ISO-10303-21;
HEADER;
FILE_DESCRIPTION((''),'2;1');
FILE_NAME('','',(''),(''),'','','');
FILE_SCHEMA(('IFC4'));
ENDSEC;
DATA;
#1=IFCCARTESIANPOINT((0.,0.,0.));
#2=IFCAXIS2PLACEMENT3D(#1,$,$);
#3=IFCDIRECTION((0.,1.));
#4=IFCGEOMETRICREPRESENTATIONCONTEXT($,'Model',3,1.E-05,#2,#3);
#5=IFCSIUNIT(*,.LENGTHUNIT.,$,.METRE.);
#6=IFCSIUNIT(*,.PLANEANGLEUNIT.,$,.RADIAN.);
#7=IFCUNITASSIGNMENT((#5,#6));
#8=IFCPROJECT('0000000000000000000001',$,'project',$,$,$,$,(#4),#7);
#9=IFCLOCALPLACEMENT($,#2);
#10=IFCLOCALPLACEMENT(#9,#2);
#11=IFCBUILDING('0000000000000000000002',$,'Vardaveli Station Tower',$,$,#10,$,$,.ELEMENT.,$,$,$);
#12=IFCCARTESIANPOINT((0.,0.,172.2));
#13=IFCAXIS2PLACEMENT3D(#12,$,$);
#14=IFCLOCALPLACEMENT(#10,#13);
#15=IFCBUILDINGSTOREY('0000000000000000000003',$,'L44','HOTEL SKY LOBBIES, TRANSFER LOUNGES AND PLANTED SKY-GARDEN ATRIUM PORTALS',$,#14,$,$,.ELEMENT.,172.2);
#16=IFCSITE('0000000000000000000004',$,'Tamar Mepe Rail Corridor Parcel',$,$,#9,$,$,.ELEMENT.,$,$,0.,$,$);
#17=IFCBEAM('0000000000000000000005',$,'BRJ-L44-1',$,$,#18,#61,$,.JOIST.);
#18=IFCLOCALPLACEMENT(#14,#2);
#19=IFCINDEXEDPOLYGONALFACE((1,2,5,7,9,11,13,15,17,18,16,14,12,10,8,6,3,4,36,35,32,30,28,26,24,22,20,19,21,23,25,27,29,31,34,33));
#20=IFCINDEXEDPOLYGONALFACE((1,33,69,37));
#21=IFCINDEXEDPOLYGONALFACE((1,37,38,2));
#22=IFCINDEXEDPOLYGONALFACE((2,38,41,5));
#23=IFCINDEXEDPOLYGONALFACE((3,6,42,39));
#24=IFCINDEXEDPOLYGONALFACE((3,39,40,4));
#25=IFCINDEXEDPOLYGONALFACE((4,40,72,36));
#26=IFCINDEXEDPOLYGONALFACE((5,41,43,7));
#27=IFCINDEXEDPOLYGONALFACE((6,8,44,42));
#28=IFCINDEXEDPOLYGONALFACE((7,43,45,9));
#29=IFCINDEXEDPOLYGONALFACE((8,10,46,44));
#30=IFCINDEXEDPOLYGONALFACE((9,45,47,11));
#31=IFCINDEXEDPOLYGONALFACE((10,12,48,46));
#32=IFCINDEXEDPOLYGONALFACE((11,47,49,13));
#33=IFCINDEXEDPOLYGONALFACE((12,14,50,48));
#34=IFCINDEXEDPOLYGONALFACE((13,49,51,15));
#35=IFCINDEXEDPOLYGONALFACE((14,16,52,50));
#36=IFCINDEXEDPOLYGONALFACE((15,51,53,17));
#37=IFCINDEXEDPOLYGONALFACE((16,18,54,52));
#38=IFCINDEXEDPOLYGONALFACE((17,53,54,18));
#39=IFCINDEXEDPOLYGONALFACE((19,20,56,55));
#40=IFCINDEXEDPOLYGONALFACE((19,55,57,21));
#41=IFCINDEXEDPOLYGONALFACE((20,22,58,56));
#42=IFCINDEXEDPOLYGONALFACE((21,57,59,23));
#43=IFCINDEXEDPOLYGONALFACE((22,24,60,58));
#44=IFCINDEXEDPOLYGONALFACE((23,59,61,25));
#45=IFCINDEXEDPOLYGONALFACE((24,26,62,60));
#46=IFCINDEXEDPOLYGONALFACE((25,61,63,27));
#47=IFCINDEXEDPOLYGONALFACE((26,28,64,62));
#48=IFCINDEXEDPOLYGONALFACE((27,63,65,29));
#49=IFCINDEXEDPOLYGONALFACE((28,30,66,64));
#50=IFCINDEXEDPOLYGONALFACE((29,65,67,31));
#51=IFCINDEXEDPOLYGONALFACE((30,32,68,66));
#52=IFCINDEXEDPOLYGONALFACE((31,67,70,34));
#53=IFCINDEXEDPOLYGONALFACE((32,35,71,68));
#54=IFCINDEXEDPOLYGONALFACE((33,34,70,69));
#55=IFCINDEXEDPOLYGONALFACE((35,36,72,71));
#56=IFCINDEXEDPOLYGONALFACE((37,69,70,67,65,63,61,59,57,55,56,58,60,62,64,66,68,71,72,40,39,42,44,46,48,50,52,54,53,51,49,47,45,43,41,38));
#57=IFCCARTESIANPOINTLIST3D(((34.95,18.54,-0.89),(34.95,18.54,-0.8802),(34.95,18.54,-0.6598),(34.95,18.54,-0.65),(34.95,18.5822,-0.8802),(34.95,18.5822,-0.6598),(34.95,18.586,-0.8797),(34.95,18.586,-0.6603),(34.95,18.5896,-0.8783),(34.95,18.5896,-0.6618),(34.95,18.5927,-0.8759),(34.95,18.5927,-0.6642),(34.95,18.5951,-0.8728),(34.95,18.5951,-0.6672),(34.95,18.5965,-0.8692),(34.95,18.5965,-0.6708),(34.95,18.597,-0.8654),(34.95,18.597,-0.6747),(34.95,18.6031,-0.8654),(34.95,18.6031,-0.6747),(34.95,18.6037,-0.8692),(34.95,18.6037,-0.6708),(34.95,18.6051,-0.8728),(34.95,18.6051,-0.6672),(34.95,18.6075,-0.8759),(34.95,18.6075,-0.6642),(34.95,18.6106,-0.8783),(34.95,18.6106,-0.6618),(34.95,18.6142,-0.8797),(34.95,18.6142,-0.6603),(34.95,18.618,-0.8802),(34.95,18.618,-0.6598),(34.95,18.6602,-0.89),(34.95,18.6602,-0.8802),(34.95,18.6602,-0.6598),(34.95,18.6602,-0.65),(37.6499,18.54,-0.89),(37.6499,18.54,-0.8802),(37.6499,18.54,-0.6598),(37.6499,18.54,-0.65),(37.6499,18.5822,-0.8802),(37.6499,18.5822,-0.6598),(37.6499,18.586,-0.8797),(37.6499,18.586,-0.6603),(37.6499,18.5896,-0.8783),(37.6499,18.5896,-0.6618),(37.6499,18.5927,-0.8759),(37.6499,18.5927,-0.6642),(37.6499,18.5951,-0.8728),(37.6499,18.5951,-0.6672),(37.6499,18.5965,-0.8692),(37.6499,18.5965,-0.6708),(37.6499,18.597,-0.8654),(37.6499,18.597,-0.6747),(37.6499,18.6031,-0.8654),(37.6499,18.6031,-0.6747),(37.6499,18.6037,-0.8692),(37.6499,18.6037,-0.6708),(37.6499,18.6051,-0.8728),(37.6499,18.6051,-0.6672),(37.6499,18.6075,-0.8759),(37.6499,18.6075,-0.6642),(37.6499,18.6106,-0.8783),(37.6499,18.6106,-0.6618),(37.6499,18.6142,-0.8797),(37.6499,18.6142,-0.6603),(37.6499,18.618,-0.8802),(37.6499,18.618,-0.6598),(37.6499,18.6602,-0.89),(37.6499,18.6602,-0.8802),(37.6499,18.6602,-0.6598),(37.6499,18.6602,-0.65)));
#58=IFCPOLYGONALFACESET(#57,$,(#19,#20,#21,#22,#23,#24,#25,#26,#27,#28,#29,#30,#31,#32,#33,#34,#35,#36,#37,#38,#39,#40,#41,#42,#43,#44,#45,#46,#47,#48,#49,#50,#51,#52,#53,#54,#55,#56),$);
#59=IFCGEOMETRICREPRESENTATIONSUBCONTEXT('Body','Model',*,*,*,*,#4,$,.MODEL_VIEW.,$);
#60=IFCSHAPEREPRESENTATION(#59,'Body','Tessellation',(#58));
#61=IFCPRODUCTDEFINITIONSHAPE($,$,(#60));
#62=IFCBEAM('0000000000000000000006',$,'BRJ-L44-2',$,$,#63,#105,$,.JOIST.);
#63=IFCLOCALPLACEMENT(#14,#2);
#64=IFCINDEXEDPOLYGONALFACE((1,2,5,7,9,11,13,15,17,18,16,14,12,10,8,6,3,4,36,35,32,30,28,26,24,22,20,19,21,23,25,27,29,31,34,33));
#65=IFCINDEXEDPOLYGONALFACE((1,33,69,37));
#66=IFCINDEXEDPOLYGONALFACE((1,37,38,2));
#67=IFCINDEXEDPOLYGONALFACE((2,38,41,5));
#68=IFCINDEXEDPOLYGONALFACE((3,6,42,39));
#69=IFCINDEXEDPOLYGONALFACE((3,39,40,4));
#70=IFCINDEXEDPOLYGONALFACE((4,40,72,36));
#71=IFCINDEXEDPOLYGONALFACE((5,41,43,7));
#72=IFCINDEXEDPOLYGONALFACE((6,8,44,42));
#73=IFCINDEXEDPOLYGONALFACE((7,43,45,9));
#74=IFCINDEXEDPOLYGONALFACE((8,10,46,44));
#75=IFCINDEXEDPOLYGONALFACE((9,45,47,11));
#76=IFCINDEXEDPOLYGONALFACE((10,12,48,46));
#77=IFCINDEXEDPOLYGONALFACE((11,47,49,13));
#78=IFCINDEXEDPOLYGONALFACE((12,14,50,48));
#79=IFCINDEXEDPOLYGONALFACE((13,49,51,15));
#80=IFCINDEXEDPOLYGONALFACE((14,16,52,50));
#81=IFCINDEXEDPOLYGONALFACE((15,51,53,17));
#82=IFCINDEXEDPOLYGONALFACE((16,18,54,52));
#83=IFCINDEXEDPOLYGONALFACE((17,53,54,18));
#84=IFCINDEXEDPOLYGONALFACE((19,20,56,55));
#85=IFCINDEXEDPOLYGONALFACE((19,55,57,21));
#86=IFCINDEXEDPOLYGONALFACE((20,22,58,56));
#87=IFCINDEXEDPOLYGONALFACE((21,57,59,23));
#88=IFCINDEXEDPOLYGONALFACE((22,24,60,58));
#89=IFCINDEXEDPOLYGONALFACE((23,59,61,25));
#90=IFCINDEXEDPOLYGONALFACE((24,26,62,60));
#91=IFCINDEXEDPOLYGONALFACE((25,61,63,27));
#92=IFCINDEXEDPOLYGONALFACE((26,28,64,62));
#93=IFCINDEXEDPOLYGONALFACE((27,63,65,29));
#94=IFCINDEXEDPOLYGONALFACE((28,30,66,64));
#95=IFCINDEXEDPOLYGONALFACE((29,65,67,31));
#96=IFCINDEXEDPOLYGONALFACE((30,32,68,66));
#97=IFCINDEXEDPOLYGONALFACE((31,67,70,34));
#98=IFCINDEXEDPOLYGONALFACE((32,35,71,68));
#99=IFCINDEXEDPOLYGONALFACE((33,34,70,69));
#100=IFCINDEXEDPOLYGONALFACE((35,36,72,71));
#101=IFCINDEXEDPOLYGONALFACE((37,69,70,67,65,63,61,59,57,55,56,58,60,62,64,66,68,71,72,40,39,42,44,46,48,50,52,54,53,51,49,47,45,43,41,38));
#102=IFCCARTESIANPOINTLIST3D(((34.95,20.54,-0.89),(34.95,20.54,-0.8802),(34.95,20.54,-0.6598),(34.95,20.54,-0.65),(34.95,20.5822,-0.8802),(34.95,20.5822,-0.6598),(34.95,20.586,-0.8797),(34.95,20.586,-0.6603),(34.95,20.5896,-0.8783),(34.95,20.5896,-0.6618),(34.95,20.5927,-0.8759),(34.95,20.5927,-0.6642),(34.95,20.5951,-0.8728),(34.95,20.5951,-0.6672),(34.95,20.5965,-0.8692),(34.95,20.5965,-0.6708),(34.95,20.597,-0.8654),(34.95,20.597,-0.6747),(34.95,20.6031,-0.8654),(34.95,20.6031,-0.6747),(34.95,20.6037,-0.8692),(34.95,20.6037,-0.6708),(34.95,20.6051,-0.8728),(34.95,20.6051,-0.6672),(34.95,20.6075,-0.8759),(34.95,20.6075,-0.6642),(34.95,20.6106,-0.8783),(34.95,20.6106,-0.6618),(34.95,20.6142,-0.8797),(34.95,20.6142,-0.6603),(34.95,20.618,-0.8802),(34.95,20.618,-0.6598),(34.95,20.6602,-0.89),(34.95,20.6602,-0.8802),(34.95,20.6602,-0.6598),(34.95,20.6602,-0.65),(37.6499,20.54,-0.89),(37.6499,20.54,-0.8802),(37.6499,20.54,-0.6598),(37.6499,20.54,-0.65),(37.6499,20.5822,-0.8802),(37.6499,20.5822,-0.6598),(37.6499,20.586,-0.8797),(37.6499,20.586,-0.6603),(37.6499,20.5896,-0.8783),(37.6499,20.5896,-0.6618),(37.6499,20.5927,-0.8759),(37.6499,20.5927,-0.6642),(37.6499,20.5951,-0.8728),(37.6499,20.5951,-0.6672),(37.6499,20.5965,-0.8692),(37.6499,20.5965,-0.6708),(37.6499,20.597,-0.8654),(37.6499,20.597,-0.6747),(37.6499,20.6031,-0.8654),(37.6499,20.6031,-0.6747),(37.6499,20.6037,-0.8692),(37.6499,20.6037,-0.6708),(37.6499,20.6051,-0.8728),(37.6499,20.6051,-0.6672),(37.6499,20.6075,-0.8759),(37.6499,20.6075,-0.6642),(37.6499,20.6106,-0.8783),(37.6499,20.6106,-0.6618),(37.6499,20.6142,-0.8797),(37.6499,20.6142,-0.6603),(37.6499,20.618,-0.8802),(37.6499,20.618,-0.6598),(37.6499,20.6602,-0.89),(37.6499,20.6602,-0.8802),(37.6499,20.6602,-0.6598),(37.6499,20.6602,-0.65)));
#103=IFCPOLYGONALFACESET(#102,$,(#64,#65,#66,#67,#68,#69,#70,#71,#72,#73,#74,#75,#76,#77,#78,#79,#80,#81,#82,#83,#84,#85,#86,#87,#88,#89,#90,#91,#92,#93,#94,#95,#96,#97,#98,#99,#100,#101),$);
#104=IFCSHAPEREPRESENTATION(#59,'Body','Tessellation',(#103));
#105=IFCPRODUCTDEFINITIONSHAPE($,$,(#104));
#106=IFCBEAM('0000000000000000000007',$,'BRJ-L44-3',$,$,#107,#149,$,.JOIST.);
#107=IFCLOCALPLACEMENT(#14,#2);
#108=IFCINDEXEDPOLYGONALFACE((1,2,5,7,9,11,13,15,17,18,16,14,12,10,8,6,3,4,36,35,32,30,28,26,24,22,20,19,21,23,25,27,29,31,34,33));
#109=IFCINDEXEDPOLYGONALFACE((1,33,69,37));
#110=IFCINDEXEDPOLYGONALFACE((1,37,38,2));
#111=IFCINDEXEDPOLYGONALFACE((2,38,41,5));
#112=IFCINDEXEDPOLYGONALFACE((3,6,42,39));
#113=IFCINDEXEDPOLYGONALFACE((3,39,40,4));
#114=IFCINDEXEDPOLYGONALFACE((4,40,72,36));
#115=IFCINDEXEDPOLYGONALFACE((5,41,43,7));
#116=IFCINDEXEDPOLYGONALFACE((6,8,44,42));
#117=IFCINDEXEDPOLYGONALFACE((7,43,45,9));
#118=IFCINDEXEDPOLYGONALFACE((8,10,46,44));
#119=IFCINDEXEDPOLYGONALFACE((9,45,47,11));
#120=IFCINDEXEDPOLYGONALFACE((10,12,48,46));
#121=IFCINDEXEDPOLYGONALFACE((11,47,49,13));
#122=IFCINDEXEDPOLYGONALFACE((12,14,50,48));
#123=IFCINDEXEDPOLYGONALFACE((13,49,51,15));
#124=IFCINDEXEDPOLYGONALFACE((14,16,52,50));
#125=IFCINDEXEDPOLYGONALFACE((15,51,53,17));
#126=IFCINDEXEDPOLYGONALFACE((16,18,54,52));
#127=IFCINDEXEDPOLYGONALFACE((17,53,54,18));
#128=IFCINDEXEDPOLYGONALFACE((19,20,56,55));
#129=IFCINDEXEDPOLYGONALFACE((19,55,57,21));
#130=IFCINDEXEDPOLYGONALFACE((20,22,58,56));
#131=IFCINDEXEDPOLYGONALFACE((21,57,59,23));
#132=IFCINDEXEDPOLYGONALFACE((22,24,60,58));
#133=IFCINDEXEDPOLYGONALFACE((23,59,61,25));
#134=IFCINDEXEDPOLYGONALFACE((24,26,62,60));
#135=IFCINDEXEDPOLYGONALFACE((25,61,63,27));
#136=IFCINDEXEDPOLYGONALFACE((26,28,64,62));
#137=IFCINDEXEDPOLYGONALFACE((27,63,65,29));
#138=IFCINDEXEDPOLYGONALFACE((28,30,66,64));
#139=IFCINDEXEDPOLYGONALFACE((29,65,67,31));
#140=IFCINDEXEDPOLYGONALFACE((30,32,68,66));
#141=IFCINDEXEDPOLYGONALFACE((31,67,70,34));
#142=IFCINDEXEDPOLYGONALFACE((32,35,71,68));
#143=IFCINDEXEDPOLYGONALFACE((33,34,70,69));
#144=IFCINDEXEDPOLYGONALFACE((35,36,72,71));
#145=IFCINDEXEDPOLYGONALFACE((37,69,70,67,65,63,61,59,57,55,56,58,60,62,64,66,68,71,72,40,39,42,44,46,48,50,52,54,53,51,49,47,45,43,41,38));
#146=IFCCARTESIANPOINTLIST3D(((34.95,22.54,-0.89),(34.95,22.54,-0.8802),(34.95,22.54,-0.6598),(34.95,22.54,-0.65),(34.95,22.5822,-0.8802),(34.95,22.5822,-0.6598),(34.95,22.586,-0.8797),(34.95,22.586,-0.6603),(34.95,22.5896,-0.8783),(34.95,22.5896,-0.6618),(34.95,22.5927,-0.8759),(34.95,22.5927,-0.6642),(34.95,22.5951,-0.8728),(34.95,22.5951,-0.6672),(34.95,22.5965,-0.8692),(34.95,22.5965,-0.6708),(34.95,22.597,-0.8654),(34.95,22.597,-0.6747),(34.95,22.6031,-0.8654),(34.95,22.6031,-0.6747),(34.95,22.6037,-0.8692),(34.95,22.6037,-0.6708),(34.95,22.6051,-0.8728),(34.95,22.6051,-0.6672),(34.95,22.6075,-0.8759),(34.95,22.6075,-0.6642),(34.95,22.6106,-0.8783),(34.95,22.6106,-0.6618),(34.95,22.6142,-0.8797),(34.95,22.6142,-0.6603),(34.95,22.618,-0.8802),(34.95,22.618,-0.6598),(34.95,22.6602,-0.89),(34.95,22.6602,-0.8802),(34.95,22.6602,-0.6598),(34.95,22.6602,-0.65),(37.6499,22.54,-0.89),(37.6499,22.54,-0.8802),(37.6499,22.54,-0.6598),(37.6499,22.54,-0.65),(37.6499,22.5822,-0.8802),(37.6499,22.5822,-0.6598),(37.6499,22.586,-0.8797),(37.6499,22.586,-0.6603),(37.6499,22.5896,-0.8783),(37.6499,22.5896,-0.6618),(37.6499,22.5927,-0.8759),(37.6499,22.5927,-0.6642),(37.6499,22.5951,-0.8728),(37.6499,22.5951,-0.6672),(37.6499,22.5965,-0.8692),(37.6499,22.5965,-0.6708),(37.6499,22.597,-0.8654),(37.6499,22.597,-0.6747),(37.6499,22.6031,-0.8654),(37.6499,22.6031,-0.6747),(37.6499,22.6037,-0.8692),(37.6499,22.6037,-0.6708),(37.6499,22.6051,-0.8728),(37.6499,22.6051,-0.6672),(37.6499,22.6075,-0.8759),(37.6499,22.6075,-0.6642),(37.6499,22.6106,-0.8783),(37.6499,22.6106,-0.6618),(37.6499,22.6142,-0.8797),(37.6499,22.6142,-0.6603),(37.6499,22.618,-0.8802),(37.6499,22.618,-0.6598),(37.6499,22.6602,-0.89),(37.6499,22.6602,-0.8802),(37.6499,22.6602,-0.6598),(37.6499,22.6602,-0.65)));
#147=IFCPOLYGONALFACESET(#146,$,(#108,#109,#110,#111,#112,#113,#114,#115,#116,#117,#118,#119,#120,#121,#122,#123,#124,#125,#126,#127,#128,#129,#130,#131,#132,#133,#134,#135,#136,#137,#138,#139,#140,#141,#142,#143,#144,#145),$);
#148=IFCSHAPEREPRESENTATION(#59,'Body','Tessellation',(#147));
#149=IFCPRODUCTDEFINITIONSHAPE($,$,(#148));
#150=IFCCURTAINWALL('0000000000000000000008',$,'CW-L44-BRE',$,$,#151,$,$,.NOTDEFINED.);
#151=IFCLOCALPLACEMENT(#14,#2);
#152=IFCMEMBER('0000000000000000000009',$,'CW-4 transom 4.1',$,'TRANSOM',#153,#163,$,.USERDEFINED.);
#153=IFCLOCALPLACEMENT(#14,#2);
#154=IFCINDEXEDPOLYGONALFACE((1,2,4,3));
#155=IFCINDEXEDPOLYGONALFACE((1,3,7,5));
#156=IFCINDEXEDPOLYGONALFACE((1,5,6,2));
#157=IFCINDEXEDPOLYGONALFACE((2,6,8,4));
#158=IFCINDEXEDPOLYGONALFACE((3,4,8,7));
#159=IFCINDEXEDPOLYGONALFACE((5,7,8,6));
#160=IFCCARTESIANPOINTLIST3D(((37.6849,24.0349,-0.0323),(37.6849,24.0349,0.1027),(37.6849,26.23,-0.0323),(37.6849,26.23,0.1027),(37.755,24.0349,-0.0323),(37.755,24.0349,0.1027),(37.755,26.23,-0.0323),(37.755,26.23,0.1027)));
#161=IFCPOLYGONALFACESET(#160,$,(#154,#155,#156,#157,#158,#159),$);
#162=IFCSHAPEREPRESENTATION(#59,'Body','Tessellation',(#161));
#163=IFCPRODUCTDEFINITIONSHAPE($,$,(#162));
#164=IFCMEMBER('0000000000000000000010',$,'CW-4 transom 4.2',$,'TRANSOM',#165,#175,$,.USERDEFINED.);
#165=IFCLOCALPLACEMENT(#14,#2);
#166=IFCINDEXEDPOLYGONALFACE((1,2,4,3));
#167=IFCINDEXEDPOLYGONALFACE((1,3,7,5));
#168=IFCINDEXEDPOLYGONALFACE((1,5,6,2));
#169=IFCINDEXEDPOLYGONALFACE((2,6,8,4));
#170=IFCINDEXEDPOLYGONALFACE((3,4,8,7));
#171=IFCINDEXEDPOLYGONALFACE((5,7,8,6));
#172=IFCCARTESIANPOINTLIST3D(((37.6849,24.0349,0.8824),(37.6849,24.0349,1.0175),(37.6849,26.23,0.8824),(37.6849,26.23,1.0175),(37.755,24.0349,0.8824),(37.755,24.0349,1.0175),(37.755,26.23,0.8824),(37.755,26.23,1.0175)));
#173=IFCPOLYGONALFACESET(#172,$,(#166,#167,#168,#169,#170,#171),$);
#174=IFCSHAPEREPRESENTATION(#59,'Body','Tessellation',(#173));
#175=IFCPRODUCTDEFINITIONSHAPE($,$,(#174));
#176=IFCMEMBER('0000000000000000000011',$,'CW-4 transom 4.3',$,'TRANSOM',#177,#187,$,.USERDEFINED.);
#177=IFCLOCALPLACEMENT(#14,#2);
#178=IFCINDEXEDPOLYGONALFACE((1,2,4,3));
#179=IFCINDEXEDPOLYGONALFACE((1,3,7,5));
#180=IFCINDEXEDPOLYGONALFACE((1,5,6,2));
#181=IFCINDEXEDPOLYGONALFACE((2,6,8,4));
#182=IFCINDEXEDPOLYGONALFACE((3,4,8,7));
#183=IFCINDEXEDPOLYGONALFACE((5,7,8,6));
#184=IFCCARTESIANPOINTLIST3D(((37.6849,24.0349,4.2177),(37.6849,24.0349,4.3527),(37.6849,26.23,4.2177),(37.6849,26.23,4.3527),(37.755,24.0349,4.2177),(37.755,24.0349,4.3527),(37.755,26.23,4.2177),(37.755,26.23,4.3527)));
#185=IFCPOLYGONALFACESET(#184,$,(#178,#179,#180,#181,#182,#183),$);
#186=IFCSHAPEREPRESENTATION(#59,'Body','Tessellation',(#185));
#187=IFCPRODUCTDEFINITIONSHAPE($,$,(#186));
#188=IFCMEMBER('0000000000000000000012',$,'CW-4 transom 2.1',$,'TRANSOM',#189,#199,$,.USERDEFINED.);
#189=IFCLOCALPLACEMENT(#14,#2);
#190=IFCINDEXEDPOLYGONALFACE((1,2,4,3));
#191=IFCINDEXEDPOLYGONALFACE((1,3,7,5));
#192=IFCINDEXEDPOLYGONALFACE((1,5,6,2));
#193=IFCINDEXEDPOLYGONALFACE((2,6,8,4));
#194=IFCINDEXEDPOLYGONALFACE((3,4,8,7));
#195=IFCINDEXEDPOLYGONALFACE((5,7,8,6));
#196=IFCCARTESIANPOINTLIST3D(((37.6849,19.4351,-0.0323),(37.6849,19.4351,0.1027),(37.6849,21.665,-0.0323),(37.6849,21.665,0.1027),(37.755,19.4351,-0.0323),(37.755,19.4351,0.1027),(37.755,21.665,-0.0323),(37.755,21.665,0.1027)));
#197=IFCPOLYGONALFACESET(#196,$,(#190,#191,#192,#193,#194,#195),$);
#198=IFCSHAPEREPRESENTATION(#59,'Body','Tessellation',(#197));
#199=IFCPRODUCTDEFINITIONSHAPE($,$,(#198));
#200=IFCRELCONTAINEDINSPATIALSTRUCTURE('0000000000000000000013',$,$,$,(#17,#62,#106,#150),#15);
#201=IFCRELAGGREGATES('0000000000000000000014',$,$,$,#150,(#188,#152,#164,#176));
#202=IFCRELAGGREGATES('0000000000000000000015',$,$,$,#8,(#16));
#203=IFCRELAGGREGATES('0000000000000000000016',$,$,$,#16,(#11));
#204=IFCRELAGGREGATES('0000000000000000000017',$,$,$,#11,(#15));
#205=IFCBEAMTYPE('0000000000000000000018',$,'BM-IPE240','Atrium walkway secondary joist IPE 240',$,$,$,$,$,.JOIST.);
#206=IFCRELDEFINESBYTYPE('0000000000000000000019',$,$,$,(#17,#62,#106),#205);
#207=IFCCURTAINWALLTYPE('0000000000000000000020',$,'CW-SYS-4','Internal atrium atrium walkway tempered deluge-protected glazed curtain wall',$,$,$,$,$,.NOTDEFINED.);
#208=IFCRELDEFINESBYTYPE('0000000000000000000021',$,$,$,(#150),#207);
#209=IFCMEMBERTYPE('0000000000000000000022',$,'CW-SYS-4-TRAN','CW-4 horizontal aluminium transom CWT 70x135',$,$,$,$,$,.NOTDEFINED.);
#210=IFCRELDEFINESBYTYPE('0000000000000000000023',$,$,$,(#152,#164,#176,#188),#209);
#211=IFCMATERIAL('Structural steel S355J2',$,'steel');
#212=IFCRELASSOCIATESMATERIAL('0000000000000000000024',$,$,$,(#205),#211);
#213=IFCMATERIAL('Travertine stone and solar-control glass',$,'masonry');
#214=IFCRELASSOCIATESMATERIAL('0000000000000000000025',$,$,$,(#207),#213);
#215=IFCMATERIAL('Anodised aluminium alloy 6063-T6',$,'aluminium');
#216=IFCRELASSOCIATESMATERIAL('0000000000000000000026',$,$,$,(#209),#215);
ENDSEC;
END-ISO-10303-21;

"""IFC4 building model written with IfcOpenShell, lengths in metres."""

from ifc_helpers import new_model, si_unit, direction, frame, origin, origin_2d, place, context, subcontext, project, spatial, rectangle, i_section, extrude, source, transform, mapped, material, material_profile, profile_set, type_object, element, aggregate, save


model = new_model("IFC4")

# Units and contexts
model_context = context("Model", 3, precision=1e-05, world=origin(), true_north=direction((0.0, 1.0)))
body_context = subcontext(model_context, "Body", "Model", "MODEL_VIEW")
ifc_project = project(units=[si_unit("LENGTHUNIT", "METRE"), si_unit("PLANEANGLEUNIT", "RADIAN")], contexts=[model_context])

# Site, building, storey
site_placement = place(None, origin())
site = spatial("IfcSite", under=ifc_project, at=site_placement, Name="Tamar Mepe Rail Corridor Parcel", CompositionType="ELEMENT", RefElevation=0.0)
building_placement = place(site_placement, origin())
building = spatial("IfcBuilding", under=site, at=building_placement, Name="Vardaveli Station Tower", CompositionType="ELEMENT")
storey_placement = place(building_placement, frame((0.0, 0.0, 172.2)))
storey = spatial("IfcBuildingStorey", under=building, at=storey_placement, Name="L44", Description="HOTEL SKY LOBBIES, TRANSFER LOUNGES AND PLANTED SKY-GARDEN ATRIUM PORTALS", CompositionType="ELEMENT", Elevation=172.2)

# Beams
ifc_material_1 = material(Name="Structural steel S355J2", Category="steel")
ifc_material_profile_1 = material_profile(ifc_material_1, i_section(OverallWidth=0.1201, OverallDepth=0.24, WebThickness=0.0061, FlangeThickness=0.0098, FilletRadius=0.0149, at=origin_2d()), Name="IPE 240")
ifc_profile_set_1 = profile_set([ifc_material_profile_1], Name="Structural steel S355J2")
beam_type = type_object("IfcBeamType", Name="BM-IPE240", Description="Atrium walkway secondary joist IPE 240", PredefinedType="JOIST", material=ifc_profile_set_1)
shared_shape_1 = source(origin(), body_context, "Body", "SweptSolid", [
    extrude(i_section(OverallWidth=0.1201, OverallDepth=0.24, WebThickness=0.0061, FlangeThickness=0.0098, FilletRadius=0.0149, at=origin_2d()), origin(), (0.0, 0.0, 1.0), 2.7),
])
for number, where, z_axis, x_axis, name in (
    (1, (34.95, 18.6001, -0.77), (1.0, 0.0, 0.0), (0.0, 1.0, 0.0), "BRJ-L44-1"),
    (2, (34.95, 20.6001, -0.77), (1.0, 0.0, 0.0), (0.0, 1.0, 0.0), "BRJ-L44-2"),
    (3, (34.95, 22.6001, -0.77), (1.0, 0.0, 0.0), (0.0, 1.0, 0.0), "BRJ-L44-3"),
):
    element("IfcBeam", number, at=place(storey_placement, frame(where, z_axis=z_axis, x_axis=x_axis)), inside=storey, type_object=beam_type, Name=name, PredefinedType="JOIST", context=body_context, shape_type="MappedRepresentation", body=[
        mapped(shared_shape_1, transform((0.0, 0.0, 0.0), scale=1.0)),
    ])

# Curtain wall, members
ifc_material_2 = material(Name="Travertine stone and solar-control glass", Category="masonry")
curtain_wall_type = type_object("IfcCurtainWallType", Name="CW-SYS-4", Description="Internal atrium atrium walkway tempered deluge-protected glazed curtain wall", PredefinedType="NOTDEFINED", material=ifc_material_2)
curtain_wall_placement = place(storey_placement, origin())
curtain_wall = element("IfcCurtainWall", 4, at=curtain_wall_placement, inside=storey, type_object=curtain_wall_type, Name="CW-L44-BRE", PredefinedType="NOTDEFINED")
ifc_material_3 = material(Name="Anodised aluminium alloy 6063-T6", Category="aluminium")
ifc_material_profile_2 = material_profile(ifc_material_3, rectangle(XDim=0.0701, YDim=0.135, at=origin_2d()), Name="CWT 70x135")
ifc_profile_set_2 = profile_set([ifc_material_profile_2], Name="Anodised aluminium alloy 6063-T6")
member_type_1 = type_object("IfcMemberType", Name="CW-SYS-4-TRAN", Description="CW-4 horizontal aluminium transom CWT 70x135", PredefinedType="NOTDEFINED", material=ifc_profile_set_2)
shared_shape_2 = source(origin(), body_context, "Body", "SweptSolid", [
    extrude(rectangle(XDim=0.0701, YDim=0.135, at=origin_2d()), origin(), (0.0, 0.0, 1.0), 2.1951),
])
member_1_placement = place(storey_placement, frame((37.72, 24.0349, 0.0352), z_axis=(0.0, 1.0, 0.0), x_axis=(-1.0, 0.0, 0.0)))
member_1 = element("IfcMember", 5, at=member_1_placement, type_object=member_type_1, Name="CW-4 transom 4.1", ObjectType="TRANSOM", PredefinedType="USERDEFINED", context=body_context, shape_type="MappedRepresentation", body=[
    mapped(shared_shape_2, transform((0.0, 0.0, 0.0), scale=1.0)),
])
member_2_placement = place(storey_placement, frame((37.72, 24.0349, 0.95), z_axis=(0.0, 1.0, 0.0), x_axis=(-1.0, 0.0, 0.0)))
member_2 = element("IfcMember", 6, at=member_2_placement, type_object=member_type_1, Name="CW-4 transom 4.2", ObjectType="TRANSOM", PredefinedType="USERDEFINED", context=body_context, shape_type="MappedRepresentation", body=[
    mapped(shared_shape_2, transform((0.0, 0.0, 0.0), scale=1.0)),
])
member_3_placement = place(storey_placement, frame((37.72, 24.0349, 4.2852), z_axis=(0.0, 1.0, 0.0), x_axis=(-1.0, 0.0, 0.0)))
member_3 = element("IfcMember", 7, at=member_3_placement, type_object=member_type_1, Name="CW-4 transom 4.3", ObjectType="TRANSOM", PredefinedType="USERDEFINED", context=body_context, shape_type="MappedRepresentation", body=[
    mapped(shared_shape_2, transform((0.0, 0.0, 0.0), scale=1.0)),
])
shared_shape_3 = source(origin(), body_context, "Body", "SweptSolid", [
    extrude(rectangle(XDim=0.0701, YDim=0.135, at=origin_2d()), origin(), (0.0, 0.0, 1.0), 2.23),
])
member_4_placement = place(storey_placement, frame((37.72, 19.4351, 0.0352), z_axis=(0.0, 1.0, 0.0), x_axis=(-1.0, 0.0, 0.0)))
member_4 = element("IfcMember", 8, at=member_4_placement, type_object=member_type_1, Name="CW-4 transom 2.1", ObjectType="TRANSOM", PredefinedType="USERDEFINED", context=body_context, shape_type="MappedRepresentation", body=[
    mapped(shared_shape_3, transform((0.0, 0.0, 0.0), scale=1.0)),
])
aggregate(curtain_wall, [member_4, member_1, member_2, member_3])

save(model, "model.ifc")
